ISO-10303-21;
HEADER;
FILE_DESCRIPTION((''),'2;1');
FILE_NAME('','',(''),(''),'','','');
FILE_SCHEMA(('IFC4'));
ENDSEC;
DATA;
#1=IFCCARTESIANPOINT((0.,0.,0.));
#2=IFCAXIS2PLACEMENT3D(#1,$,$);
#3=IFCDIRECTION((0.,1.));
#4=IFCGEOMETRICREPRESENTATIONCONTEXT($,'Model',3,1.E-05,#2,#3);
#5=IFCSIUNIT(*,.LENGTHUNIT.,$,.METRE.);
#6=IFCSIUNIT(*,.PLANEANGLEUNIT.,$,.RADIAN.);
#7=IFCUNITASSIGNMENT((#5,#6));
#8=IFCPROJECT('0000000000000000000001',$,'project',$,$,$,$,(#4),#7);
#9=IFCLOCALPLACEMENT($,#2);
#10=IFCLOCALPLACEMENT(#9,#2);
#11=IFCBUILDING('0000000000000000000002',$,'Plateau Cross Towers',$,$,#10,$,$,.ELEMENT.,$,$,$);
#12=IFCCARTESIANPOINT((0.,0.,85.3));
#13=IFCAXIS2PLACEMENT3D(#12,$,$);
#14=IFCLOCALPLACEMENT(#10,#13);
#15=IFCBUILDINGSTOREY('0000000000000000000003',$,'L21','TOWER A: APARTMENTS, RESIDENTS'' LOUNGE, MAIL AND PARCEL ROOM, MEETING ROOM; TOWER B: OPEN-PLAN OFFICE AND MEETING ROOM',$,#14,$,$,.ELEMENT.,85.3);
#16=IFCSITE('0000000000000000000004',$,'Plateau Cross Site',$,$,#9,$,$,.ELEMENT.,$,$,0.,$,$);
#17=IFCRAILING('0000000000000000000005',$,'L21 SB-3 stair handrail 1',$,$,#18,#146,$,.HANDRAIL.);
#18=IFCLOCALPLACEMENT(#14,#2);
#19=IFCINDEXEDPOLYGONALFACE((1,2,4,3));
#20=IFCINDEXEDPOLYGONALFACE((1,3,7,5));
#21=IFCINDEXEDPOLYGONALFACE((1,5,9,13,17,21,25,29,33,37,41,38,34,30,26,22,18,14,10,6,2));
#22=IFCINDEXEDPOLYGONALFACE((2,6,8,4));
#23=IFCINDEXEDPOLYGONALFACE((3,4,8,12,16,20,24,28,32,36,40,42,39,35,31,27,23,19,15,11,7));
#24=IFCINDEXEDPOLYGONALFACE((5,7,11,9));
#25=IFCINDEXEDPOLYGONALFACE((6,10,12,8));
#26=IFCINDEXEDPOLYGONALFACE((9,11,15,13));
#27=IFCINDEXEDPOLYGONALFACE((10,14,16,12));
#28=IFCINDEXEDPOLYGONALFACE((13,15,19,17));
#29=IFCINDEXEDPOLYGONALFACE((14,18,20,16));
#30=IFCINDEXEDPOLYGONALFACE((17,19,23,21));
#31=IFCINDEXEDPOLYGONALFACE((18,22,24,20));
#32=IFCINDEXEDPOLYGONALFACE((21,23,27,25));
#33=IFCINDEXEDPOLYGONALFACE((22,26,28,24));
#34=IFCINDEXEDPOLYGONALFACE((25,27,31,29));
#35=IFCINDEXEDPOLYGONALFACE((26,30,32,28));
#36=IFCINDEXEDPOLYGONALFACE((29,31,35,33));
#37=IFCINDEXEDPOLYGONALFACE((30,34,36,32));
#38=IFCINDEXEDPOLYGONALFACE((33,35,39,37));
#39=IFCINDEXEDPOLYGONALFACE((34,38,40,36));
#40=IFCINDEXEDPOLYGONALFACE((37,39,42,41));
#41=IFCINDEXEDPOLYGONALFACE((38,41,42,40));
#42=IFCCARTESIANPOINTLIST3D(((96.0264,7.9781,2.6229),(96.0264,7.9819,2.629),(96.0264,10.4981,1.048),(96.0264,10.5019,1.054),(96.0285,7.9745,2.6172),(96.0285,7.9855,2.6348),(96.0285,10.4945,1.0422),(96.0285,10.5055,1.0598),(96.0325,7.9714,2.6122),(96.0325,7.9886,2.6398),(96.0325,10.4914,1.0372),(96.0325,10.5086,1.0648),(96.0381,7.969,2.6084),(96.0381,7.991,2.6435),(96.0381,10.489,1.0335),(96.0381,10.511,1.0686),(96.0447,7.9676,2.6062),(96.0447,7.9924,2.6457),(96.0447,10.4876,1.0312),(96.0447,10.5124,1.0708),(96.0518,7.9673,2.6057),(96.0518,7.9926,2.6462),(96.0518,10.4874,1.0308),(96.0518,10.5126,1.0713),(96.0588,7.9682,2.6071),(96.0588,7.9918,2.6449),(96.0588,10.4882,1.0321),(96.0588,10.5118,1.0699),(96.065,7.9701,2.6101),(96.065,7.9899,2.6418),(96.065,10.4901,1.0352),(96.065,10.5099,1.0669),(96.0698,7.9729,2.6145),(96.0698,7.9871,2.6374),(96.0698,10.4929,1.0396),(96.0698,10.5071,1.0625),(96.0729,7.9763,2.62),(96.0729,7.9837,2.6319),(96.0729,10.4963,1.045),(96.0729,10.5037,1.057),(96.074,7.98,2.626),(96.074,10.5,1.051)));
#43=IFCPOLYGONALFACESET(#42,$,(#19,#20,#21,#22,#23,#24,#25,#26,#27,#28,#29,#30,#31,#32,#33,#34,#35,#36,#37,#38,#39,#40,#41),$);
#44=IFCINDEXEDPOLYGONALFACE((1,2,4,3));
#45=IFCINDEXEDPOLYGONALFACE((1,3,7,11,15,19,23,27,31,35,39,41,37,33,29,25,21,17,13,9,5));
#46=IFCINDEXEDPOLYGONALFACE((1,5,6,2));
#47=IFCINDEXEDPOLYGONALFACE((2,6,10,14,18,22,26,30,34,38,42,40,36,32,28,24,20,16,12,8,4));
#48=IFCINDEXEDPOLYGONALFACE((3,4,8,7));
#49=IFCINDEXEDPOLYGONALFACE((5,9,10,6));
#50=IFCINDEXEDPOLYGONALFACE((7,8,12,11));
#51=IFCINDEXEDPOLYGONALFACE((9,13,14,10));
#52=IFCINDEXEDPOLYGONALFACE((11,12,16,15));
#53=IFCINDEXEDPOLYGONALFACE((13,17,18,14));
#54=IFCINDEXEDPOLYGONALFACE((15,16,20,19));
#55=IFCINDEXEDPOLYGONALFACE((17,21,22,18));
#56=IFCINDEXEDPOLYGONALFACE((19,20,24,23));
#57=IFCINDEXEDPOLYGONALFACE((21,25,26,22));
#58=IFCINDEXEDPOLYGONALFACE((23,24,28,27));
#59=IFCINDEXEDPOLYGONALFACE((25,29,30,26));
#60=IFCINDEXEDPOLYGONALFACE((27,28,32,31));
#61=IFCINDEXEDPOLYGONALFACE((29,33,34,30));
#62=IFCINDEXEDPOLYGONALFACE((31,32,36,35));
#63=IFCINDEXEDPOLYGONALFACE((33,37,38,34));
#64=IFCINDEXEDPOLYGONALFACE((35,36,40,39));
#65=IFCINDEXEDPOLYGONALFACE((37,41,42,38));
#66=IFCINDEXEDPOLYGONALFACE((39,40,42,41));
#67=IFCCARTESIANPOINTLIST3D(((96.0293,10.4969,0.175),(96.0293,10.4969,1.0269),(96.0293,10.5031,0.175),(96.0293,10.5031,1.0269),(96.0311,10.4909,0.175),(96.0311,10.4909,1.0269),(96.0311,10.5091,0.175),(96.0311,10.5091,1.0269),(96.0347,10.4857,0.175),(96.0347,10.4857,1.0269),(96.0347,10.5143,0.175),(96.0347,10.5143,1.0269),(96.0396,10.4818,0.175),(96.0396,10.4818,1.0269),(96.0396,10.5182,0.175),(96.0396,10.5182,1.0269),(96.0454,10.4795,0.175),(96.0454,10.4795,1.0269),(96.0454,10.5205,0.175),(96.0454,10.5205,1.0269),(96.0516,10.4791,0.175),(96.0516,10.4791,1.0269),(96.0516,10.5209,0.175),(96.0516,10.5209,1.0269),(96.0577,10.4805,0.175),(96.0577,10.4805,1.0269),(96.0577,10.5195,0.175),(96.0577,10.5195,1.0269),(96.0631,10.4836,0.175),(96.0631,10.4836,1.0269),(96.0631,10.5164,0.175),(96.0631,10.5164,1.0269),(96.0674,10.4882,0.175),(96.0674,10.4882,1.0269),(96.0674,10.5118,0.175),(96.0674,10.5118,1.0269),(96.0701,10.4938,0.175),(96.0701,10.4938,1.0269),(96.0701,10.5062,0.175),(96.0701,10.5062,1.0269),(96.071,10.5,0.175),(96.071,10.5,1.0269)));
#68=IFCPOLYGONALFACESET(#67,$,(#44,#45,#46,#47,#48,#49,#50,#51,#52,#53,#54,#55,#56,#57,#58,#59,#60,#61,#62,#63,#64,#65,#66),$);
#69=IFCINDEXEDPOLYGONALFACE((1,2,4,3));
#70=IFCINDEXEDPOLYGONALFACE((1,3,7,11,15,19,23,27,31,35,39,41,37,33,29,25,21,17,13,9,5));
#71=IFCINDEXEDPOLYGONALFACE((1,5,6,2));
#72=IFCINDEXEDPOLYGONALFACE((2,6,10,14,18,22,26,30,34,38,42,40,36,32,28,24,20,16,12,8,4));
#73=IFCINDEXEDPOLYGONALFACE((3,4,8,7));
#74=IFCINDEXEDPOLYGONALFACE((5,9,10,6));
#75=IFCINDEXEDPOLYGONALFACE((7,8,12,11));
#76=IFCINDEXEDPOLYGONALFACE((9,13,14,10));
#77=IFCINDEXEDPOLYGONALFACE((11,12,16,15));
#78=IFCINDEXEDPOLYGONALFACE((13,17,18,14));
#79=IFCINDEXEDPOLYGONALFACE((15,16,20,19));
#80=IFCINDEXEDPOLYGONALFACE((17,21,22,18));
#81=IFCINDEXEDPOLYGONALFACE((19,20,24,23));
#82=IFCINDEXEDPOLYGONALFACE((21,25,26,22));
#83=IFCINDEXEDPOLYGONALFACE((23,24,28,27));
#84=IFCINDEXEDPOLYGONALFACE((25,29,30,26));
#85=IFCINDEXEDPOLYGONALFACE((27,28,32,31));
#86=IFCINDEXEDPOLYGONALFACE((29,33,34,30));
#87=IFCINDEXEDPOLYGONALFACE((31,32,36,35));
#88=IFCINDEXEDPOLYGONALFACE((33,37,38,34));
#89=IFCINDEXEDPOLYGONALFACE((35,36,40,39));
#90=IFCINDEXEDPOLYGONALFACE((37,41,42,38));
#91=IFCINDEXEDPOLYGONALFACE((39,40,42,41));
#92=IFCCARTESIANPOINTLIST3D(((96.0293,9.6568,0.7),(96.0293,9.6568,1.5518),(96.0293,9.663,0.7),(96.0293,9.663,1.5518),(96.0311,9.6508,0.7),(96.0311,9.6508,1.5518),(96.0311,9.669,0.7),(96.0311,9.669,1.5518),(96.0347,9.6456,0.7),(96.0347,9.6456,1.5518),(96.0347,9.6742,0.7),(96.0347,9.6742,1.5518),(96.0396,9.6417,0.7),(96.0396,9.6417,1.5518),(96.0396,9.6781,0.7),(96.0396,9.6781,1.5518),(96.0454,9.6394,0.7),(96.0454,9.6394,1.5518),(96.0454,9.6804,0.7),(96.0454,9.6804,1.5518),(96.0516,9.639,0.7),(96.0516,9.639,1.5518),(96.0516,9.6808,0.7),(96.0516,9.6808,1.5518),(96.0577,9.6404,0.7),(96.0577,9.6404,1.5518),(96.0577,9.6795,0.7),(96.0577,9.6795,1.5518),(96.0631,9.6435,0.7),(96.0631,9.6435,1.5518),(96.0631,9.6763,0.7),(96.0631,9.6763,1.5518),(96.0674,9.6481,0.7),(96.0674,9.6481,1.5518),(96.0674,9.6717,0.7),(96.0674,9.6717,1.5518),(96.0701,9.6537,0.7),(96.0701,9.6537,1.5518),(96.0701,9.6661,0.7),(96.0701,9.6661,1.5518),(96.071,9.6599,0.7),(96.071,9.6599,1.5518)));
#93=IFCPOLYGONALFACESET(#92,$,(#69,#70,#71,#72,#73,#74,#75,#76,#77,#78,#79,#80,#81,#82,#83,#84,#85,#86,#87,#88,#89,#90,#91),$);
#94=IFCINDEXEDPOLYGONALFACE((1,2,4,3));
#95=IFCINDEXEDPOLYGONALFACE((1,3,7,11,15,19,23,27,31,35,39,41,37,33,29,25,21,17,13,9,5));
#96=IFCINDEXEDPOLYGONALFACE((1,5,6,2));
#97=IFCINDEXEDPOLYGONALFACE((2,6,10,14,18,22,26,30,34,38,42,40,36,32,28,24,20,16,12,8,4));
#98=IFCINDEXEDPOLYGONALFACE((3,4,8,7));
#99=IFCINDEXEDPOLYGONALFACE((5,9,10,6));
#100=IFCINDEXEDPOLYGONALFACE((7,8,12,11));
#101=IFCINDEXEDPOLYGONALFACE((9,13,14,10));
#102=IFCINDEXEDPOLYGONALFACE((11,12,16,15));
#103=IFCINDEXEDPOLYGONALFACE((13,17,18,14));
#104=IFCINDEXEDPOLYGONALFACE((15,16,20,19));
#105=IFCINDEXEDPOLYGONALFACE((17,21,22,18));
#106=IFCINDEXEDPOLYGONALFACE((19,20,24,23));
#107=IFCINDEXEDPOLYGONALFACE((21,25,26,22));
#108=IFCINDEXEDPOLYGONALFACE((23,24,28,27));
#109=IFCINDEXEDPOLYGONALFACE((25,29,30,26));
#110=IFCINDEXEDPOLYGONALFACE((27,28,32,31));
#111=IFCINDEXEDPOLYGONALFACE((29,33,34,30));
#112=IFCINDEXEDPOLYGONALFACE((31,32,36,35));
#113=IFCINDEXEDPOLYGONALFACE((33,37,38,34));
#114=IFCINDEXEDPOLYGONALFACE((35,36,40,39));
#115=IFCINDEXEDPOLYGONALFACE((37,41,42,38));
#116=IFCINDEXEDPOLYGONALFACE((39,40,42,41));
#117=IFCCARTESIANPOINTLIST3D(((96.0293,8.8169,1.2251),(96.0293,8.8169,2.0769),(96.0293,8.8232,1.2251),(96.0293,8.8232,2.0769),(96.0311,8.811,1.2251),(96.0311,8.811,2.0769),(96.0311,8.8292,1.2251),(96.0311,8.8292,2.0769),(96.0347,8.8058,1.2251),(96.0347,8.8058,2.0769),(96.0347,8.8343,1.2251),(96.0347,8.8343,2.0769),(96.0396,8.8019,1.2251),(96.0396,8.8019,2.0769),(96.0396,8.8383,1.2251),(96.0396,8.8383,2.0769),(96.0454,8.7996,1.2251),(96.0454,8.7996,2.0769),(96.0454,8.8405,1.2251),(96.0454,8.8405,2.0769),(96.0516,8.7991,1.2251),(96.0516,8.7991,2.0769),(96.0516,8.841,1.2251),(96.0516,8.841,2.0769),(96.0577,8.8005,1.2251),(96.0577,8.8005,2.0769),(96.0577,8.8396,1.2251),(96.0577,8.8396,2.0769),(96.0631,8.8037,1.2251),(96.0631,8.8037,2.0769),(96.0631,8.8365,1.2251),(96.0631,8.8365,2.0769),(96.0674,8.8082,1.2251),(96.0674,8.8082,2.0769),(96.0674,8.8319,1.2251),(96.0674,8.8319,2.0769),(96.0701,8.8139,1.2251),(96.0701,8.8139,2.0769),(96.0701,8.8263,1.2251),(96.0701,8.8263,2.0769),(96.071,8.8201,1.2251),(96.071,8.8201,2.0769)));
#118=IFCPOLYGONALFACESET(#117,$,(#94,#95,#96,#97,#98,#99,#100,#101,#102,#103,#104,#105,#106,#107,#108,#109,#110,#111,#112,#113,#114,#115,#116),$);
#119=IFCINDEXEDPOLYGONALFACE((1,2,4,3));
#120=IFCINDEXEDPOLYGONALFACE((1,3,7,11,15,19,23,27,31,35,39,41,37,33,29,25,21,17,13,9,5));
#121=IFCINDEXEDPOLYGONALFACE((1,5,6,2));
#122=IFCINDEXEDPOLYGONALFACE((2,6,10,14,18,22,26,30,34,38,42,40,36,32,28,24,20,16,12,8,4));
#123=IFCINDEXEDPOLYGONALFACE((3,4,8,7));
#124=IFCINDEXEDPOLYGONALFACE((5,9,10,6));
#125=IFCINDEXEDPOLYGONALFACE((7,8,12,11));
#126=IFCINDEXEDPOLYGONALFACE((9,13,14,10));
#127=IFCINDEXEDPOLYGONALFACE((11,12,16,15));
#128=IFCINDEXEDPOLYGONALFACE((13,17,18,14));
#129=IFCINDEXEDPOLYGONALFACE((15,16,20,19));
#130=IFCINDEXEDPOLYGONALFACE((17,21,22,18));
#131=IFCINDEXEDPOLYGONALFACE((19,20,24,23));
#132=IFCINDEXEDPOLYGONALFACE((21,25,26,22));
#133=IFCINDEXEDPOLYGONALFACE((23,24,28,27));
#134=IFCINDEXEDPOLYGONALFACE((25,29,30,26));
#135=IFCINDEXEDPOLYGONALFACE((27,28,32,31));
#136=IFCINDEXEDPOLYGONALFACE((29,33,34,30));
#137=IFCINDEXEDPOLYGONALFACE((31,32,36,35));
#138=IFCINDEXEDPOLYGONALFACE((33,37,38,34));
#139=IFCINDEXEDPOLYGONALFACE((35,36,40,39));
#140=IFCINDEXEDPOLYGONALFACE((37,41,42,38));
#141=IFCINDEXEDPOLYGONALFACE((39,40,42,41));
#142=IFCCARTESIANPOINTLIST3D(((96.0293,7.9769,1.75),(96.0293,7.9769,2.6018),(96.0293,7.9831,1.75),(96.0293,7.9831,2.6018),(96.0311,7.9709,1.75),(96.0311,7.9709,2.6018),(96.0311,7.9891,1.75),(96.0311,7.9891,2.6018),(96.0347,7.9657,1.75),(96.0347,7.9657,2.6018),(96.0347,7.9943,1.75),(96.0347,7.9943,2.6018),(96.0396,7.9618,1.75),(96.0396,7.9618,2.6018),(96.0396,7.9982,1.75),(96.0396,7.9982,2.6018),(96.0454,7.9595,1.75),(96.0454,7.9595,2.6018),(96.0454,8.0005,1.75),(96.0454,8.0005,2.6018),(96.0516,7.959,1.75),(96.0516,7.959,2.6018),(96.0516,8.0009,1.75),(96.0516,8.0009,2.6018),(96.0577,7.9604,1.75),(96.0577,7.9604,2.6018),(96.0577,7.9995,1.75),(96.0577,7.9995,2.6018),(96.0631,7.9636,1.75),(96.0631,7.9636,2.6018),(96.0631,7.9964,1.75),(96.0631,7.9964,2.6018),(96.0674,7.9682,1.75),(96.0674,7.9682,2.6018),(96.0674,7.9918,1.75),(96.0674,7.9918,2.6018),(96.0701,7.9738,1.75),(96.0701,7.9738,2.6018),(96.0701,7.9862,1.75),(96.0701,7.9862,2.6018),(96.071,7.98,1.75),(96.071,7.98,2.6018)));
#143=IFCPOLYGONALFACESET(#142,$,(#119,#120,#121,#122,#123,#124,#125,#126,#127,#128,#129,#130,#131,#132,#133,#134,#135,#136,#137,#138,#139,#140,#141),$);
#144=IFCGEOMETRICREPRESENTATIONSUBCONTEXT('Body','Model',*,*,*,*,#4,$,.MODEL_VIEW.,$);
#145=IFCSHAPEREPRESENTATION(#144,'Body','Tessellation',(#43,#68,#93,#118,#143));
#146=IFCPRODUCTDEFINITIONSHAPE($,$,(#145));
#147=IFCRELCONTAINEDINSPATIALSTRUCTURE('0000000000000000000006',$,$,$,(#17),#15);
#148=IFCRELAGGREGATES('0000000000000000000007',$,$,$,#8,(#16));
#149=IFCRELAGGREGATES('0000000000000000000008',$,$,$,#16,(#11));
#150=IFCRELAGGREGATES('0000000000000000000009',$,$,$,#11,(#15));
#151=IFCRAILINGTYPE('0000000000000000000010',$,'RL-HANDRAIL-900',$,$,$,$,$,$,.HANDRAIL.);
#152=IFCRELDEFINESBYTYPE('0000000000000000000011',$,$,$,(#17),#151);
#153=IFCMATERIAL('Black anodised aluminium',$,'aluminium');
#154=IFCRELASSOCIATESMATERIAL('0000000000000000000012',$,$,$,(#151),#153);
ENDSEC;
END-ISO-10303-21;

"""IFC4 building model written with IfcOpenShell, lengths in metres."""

from ifc_helpers import new_model, si_unit, direction, frame, origin, origin_2d, place, context, subcontext, project, spatial, circle, extrude, material, type_object, element, save


model = new_model("IFC4")

# Units and contexts
model_context = context("Model", 3, precision=1e-05, world=origin(), true_north=direction((0.0, 1.0)))
body_context = subcontext(model_context, "Body", "Model", "MODEL_VIEW")
ifc_project = project(units=[si_unit("LENGTHUNIT", "METRE"), si_unit("PLANEANGLEUNIT", "RADIAN")], contexts=[model_context])

# Site, building, storey
site_placement = place(None, origin())
site = spatial("IfcSite", under=ifc_project, at=site_placement, Name="Plateau Cross Site", CompositionType="ELEMENT", RefElevation=0.0)
building_placement = place(site_placement, origin())
building = spatial("IfcBuilding", under=site, at=building_placement, Name="Plateau Cross Towers", CompositionType="ELEMENT")
storey_placement = place(building_placement, frame((0.0, 0.0, 85.3)))
storey = spatial("IfcBuildingStorey", under=building, at=storey_placement, Name="L21", Description="TOWER A: APARTMENTS, RESIDENTS' LOUNGE, MAIL AND PARCEL ROOM, MEETING ROOM; TOWER B: OPEN-PLAN OFFICE AND MEETING ROOM", CompositionType="ELEMENT", Elevation=85.3)

# Shared definitions
ifc_material_1 = material(Name="Black anodised aluminium", Category="aluminium")

# Railing
railing_type_1 = type_object("IfcRailingType", Name="RL-HANDRAIL-900", PredefinedType="HANDRAIL", material=ifc_material_1)
railing_1_placement = place(storey_placement, frame((96.05, 10.5, 0.175)))
element("IfcRailing", 1, at=railing_1_placement, inside=storey, type_object=railing_type_1, Name="L21 SB-3 stair handrail 1", PredefinedType="HANDRAIL", context=body_context, shape_type="SweptSolid", body=[
    extrude(circle(Radius=0.0239, at=origin_2d()), frame((0.0, 0.0, 0.876), z_axis=(0.0, -0.848008, 0.529984), x_axis=(1.0, 0.0, 0.0)), (0.0, 0.0, 1.0), 2.9717),
    extrude(circle(Radius=0.021, at=origin_2d()), origin(), (0.0, 0.0, 1.0), 0.8518),
    extrude(circle(Radius=0.021, at=origin_2d()), frame((0.0, -0.8401, 0.5249)), (0.0, 0.0, 1.0), 0.8518),
    extrude(circle(Radius=0.021, at=origin_2d()), frame((0.0, -1.6799, 1.05)), (0.0, 0.0, 1.0), 0.8518),
    extrude(circle(Radius=0.021, at=origin_2d()), frame((0.0, -2.52, 1.575)), (0.0, 0.0, 1.0), 0.8518),
])

save(model, "model.ifc")
